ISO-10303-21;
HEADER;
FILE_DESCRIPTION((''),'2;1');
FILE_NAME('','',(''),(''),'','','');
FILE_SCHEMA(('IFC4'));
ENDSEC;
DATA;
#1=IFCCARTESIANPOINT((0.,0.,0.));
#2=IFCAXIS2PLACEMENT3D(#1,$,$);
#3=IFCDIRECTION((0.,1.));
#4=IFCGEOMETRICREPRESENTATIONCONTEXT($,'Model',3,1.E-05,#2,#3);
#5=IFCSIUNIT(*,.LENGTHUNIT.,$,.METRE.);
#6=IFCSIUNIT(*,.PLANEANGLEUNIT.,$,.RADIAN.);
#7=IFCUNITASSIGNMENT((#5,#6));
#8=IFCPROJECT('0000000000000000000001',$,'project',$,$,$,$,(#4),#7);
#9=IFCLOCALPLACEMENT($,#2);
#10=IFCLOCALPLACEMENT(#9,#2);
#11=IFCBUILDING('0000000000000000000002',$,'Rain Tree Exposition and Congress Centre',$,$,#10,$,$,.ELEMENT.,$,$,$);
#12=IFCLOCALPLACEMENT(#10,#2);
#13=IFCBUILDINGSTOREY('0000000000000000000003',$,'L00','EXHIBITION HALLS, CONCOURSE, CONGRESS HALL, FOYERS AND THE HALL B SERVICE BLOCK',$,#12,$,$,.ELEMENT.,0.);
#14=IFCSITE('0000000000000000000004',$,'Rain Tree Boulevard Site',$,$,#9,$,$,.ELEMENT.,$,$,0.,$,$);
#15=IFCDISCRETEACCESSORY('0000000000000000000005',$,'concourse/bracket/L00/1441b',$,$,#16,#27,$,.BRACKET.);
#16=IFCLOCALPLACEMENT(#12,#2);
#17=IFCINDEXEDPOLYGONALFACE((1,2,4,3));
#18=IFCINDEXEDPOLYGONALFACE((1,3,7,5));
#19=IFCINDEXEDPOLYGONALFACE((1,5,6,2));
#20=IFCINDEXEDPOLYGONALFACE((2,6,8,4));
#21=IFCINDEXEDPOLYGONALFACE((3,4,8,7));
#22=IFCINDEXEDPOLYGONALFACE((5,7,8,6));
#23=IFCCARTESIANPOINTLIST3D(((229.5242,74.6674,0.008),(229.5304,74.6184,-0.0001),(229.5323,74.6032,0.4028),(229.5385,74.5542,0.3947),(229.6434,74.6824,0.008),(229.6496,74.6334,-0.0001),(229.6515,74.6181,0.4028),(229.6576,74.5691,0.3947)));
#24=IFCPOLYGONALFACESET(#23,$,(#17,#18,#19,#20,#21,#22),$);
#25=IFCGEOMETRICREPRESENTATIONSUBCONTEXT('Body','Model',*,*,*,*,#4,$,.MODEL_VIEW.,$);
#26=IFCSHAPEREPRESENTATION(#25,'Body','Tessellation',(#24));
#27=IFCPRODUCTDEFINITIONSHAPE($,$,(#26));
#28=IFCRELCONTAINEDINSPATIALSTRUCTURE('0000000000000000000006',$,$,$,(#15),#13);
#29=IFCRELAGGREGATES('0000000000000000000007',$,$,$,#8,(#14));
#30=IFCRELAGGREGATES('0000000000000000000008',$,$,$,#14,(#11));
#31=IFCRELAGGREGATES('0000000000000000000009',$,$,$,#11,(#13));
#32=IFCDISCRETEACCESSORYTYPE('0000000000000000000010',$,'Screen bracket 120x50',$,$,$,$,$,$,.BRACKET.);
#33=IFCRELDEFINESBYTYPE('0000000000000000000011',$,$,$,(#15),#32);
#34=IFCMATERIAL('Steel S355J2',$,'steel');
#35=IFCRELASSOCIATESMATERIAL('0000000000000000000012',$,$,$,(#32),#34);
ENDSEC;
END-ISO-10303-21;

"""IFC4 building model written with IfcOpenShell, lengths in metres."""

from ifc_helpers import new_model, si_unit, direction, frame, origin, origin_2d, place, context, subcontext, project, spatial, rectangle, extrude, material, material_profile, profile_set, type_object, element, save


model = new_model("IFC4")

# Units and contexts
model_context = context("Model", 3, precision=1e-05, world=origin(), true_north=direction((0.0, 1.0)))
body_context = subcontext(model_context, "Body", "Model", "MODEL_VIEW")
ifc_project = project(units=[si_unit("LENGTHUNIT", "METRE"), si_unit("PLANEANGLEUNIT", "RADIAN")], contexts=[model_context])

# Site, building, storey
site_placement = place(None, origin())
site = spatial("IfcSite", under=ifc_project, at=site_placement, Name="Rain Tree Boulevard Site", CompositionType="ELEMENT", RefElevation=0.0)
building_placement = place(site_placement, origin())
building = spatial("IfcBuilding", under=site, at=building_placement, Name="Rain Tree Exposition and Congress Centre", CompositionType="ELEMENT")
storey_placement = place(building_placement, origin())
storey = spatial("IfcBuildingStorey", under=building, at=storey_placement, Name="L00", Description="EXHIBITION HALLS, CONCOURSE, CONGRESS HALL, FOYERS AND THE HALL B SERVICE BLOCK", CompositionType="ELEMENT", Elevation=0.0)

# Discrete accessory
ifc_material_1 = material(Name="Steel S355J2", Category="steel")
ifc_material_profile_1 = material_profile(ifc_material_1, rectangle(XDim=0.1201, YDim=0.05, at=origin_2d()), Name="Flat bar 120x50")
ifc_profile_set_1 = profile_set([ifc_material_profile_1], Name="Steel S355J2")
discrete_accessory_type = type_object("IfcDiscreteAccessoryType", Name="Screen bracket 120x50", PredefinedType="BRACKET", material=ifc_profile_set_1)
for number, where, z_axis, x_axis, name in (
    (1, (229.5869, 74.6504, 0.0039), (0.020139, -0.160505, 0.98683), (0.99222, 0.124499, 0.0), "concourse/bracket/L00/1441b"),
):
    element("IfcDiscreteAccessory", number, at=place(storey_placement, frame(where, z_axis=z_axis, x_axis=x_axis)), inside=storey, type_object=discrete_accessory_type, Name=name, PredefinedType="BRACKET", context=body_context, shape_type="SweptSolid", body=[
        extrude(rectangle(XDim=0.1201, YDim=0.05, at=origin_2d()), origin(), (0.0, 0.0, 1.0), 0.4001),
    ])

save(model, "model.ifc")
